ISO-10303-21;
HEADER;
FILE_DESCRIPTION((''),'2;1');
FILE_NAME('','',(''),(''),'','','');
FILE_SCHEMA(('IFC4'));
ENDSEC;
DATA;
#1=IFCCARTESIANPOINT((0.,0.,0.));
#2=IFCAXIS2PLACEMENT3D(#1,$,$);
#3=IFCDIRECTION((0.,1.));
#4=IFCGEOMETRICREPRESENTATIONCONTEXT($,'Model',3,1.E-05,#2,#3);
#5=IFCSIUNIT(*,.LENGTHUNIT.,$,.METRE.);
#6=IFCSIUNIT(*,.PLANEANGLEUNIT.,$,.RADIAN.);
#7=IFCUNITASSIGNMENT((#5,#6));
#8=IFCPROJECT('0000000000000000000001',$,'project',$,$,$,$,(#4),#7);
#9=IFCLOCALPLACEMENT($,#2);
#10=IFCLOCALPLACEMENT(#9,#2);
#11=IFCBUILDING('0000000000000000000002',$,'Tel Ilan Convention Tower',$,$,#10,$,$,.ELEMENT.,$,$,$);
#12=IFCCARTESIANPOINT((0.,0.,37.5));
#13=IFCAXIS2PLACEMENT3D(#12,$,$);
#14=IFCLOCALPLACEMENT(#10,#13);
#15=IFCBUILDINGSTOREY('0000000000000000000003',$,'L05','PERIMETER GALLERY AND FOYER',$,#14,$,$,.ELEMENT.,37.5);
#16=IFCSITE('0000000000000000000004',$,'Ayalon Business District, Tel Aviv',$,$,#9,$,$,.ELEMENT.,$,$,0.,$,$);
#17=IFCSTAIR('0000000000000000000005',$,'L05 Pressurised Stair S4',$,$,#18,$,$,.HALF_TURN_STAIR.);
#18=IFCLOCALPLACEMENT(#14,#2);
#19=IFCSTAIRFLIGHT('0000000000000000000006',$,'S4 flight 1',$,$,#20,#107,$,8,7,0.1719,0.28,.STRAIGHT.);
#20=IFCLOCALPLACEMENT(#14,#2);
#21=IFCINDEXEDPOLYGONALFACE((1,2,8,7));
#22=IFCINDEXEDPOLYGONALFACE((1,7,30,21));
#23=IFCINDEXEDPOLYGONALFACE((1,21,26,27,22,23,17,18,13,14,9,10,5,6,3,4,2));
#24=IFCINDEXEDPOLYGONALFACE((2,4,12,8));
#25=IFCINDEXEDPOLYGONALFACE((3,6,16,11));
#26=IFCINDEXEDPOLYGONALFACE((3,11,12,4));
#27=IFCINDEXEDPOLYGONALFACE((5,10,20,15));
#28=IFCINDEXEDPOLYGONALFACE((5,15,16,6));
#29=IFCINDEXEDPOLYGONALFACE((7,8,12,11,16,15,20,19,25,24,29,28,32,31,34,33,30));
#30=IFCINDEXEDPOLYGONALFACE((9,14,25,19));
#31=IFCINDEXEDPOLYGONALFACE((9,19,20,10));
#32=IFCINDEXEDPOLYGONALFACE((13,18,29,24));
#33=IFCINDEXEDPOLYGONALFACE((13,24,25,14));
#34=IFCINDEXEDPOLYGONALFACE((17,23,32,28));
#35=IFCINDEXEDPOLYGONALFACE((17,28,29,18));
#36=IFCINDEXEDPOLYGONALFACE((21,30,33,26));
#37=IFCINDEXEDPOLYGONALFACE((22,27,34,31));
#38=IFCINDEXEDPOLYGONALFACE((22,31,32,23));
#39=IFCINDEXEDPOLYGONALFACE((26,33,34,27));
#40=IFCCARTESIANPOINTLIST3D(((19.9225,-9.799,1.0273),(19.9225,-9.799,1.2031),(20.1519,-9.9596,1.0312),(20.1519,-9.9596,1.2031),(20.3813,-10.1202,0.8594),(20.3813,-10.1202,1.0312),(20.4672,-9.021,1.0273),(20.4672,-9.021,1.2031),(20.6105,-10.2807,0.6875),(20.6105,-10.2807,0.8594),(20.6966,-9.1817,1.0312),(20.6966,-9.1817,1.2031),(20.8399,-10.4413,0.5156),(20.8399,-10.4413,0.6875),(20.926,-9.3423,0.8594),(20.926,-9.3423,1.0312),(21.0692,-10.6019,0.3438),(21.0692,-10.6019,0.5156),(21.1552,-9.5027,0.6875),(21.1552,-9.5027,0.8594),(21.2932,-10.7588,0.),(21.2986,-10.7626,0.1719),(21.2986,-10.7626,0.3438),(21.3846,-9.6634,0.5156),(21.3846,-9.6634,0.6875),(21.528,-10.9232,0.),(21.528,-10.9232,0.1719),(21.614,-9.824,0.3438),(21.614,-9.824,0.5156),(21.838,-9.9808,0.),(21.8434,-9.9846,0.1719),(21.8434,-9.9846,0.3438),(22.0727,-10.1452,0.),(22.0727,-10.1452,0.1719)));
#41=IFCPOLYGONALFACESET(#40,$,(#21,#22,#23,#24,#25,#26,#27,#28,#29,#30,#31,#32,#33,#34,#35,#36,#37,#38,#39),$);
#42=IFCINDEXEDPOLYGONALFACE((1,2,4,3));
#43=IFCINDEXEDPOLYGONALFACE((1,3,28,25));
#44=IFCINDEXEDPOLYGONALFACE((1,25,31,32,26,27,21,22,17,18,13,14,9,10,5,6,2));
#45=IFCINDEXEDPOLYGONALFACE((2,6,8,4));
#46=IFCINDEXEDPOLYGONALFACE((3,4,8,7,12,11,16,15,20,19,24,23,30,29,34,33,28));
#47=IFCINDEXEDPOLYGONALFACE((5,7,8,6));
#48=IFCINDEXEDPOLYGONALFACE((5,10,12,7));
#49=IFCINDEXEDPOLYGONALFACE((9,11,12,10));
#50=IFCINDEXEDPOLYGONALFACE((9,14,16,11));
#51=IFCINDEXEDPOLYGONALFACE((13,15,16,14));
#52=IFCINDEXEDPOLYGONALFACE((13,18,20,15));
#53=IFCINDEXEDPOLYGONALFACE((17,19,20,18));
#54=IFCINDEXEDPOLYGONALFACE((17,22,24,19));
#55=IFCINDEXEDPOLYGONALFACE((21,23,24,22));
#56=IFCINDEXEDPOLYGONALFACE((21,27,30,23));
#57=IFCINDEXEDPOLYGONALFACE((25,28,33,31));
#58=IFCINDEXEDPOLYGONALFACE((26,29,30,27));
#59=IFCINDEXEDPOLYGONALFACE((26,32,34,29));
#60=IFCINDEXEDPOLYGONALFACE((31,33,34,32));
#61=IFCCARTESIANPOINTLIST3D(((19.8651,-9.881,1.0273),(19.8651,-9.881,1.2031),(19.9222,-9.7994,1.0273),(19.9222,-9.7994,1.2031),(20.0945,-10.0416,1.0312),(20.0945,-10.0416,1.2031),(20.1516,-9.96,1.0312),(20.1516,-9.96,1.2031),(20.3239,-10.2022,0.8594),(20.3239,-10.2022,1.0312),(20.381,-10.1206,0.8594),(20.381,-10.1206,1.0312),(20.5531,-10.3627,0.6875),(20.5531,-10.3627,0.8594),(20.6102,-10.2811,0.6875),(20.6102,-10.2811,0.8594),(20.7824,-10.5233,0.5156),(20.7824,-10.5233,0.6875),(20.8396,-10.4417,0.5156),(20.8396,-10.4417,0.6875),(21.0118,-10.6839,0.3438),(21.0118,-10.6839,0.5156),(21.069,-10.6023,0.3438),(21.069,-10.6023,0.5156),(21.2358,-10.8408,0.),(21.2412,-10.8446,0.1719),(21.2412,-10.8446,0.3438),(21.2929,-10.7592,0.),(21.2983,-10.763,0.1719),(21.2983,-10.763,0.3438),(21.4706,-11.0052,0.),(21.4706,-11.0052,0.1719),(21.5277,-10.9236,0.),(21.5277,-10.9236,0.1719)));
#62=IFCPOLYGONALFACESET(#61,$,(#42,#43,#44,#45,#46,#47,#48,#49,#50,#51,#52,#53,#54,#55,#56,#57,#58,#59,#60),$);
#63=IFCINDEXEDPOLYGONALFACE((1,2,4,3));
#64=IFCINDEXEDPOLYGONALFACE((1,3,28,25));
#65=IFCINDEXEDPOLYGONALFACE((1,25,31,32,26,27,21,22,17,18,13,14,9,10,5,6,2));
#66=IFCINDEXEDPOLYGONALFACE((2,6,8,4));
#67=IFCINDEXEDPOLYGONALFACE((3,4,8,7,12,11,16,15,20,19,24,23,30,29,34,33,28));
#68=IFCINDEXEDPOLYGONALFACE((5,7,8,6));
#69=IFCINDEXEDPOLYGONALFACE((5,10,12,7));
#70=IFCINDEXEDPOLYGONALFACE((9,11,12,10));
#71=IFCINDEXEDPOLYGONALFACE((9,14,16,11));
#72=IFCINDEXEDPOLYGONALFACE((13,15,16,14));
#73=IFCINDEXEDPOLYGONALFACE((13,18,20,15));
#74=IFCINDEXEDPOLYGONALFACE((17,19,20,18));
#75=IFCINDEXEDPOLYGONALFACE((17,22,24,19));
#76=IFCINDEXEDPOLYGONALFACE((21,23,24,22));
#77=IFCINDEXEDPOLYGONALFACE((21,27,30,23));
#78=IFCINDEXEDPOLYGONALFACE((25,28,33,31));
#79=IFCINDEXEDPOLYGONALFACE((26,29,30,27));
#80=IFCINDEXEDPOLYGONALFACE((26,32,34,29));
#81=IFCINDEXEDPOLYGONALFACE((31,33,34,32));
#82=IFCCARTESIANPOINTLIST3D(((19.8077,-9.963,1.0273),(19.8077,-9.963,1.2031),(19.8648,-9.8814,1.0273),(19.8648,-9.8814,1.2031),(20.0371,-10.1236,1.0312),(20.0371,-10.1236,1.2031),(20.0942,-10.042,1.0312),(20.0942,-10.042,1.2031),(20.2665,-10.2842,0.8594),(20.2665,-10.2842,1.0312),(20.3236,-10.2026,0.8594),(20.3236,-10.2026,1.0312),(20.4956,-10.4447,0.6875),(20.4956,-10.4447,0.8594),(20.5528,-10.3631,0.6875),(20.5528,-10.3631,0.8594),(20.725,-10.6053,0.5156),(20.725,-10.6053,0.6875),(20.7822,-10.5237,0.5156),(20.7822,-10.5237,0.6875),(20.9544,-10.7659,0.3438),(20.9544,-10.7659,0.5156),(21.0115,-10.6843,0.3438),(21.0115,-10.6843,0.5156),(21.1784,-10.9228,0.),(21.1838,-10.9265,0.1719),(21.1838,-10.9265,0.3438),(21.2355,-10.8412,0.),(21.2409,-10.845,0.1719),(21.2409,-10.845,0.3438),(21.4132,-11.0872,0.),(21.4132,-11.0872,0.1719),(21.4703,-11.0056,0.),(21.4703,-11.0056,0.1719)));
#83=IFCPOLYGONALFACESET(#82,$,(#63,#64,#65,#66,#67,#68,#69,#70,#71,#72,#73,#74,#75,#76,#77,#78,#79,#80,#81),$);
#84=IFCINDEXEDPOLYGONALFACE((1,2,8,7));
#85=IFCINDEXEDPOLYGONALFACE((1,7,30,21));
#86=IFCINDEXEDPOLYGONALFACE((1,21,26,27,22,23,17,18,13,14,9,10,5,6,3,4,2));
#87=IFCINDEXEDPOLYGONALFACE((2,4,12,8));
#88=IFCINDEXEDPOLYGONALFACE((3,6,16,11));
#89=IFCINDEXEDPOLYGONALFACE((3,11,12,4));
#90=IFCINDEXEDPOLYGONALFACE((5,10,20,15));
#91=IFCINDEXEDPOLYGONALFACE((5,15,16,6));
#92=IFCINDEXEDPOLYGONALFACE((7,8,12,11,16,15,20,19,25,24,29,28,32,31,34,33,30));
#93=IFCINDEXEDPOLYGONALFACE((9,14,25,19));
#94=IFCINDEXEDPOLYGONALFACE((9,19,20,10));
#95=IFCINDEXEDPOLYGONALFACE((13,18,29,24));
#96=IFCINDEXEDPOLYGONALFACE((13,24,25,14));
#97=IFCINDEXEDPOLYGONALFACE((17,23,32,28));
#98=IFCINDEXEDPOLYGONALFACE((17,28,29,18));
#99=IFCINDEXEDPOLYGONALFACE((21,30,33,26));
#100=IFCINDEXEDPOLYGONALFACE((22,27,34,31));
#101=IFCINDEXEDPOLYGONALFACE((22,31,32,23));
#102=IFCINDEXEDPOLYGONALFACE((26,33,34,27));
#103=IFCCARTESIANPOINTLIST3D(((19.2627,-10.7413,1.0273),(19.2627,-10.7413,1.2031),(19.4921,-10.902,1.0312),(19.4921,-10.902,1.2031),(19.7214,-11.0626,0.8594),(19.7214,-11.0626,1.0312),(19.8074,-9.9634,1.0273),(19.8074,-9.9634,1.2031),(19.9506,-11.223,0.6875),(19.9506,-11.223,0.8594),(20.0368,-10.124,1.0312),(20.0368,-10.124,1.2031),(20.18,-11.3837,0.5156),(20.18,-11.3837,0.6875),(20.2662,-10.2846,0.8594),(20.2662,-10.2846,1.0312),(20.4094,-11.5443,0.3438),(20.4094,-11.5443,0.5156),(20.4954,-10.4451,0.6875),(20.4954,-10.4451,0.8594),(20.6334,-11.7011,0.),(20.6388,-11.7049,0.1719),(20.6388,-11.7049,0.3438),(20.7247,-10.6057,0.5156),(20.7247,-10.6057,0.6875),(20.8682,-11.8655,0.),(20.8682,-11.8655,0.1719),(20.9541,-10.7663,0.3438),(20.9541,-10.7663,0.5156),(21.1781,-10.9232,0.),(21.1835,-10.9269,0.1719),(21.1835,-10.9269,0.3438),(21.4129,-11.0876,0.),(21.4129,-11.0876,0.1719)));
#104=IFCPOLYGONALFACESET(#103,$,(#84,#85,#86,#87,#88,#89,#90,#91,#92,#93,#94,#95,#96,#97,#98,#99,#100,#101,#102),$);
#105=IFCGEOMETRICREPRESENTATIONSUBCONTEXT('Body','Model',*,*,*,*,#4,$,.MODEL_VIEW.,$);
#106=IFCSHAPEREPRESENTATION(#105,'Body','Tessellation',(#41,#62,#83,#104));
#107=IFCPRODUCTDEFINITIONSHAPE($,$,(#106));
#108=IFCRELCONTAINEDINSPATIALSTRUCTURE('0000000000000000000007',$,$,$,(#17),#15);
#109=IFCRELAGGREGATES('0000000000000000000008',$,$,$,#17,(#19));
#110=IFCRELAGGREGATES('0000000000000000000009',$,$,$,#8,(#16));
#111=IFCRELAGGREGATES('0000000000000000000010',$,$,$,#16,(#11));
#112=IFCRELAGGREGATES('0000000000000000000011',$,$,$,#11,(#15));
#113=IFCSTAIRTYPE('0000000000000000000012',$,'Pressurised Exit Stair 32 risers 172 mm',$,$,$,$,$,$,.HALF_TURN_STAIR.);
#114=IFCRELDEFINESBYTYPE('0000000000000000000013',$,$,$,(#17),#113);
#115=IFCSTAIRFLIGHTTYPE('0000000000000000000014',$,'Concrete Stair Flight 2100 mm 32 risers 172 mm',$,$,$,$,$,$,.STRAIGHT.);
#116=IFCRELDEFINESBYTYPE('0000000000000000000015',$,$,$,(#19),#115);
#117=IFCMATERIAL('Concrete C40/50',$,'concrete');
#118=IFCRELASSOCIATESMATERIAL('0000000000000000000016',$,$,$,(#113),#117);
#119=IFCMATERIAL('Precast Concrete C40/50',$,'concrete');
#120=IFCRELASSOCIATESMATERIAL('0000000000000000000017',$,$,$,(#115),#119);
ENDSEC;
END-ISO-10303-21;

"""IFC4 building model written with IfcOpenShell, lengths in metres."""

from ifc_helpers import new_model, si_unit, direction, frame, origin, place, context, subcontext, project, spatial, polyline, outline, extrude, material, type_object, element, aggregate, save


model = new_model("IFC4")

# Units and contexts
model_context = context("Model", 3, precision=1e-05, world=origin(), true_north=direction((0.0, 1.0)))
body_context = subcontext(model_context, "Body", "Model", "MODEL_VIEW")
ifc_project = project(units=[si_unit("LENGTHUNIT", "METRE"), si_unit("PLANEANGLEUNIT", "RADIAN")], contexts=[model_context])

# Site, building, storey
site_placement = place(None, origin())
site = spatial("IfcSite", under=ifc_project, at=site_placement, Name="Ayalon Business District, Tel Aviv", CompositionType="ELEMENT", RefElevation=0.0)
building_placement = place(site_placement, origin())
building = spatial("IfcBuilding", under=site, at=building_placement, Name="Tel Ilan Convention Tower", CompositionType="ELEMENT")
storey_placement = place(building_placement, frame((0.0, 0.0, 37.5)))
storey = spatial("IfcBuildingStorey", under=building, at=storey_placement, Name="L05", Description="PERIMETER GALLERY AND FOYER", CompositionType="ELEMENT", Elevation=37.5)

# Stair, stair flight
ifc_material_1 = material(Name="Concrete C40/50", Category="concrete")
stair_type = type_object("IfcStairType", Name="Pressurised Exit Stair 32 risers 172 mm", PredefinedType="HALF_TURN_STAIR", material=ifc_material_1)
ifc_material_2 = material(Name="Precast Concrete C40/50", Category="concrete")
stair_flight_type = type_object("IfcStairFlightType", Name="Concrete Stair Flight 2100 mm 32 risers 172 mm", PredefinedType="STRAIGHT", material=ifc_material_2)
stair_1_placement = place(storey_placement, origin())
stair_1 = element("IfcStair", 1, at=stair_1_placement, inside=storey, type_object=stair_type, Name="L05 Pressurised Stair S4", PredefinedType="HALF_TURN_STAIR")
stair_flight_1_placement = place(storey_placement, frame((21.4705, -11.0054, 0.0), z_axis=(0.0, 0.0, 1.0), x_axis=(-0.819152, 0.573576, 0.0)))
stair_flight_1 = element("IfcStairFlight", 2, at=stair_flight_1_placement, type_object=stair_flight_type, Name="S4 flight 1", NumberOfRisers=8, NumberOfTreads=7, PredefinedType="STRAIGHT", RiserHeight=0.1719, TreadLength=0.28, context=body_context, shape_type="SweptSolid", body=[
    extrude(outline(polyline([(0.0, 0.0), (0.0, 0.1719), (0.28, 0.1719), (0.28, 0.3438), (0.5601, 0.3438), (0.5601, 0.5156), (0.8401, 0.5156), (0.8401, 0.6875), (1.1201, 0.6875), (1.1201, 0.8594), (1.3999, 0.8594), (1.3999, 1.0312), (1.6799, 1.0312), (1.6799, 1.2031), (1.96, 1.2031), (1.96, 1.375), (1.96, 1.0273), (0.2866, 0.0), (0.0, 0.0)])), frame((0.0, -0.1003, 0.0), z_axis=(0.0, -1.0, 0.0), x_axis=(1.0, 0.0, 0.0)), (0.0, 0.0, 1.0), 0.9497),
    extrude(outline(polyline([(0.0, 0.0), (0.0, 0.1719), (0.28, 0.1719), (0.28, 0.3438), (0.5601, 0.3438), (0.5601, 0.5156), (0.8401, 0.5156), (0.8401, 0.6875), (1.1201, 0.6875), (1.1201, 0.8594), (1.3999, 0.8594), (1.3999, 1.0312), (1.6799, 1.0312), (1.6799, 1.2031), (1.96, 1.2031), (1.96, 1.375), (1.96, 1.0273), (0.2866, 0.0), (0.0, 0.0)])), frame((0.0, -0.0002, 0.0), z_axis=(0.0, -1.0, 0.0), x_axis=(1.0, 0.0, 0.0)), (0.0, 0.0, 1.0), 0.0996),
    extrude(outline(polyline([(0.0, 0.0), (0.0, 0.1719), (0.28, 0.1719), (0.28, 0.3438), (0.5601, 0.3438), (0.5601, 0.5156), (0.8401, 0.5156), (0.8401, 0.6875), (1.1201, 0.6875), (1.1201, 0.8594), (1.3999, 0.8594), (1.3999, 1.0312), (1.6799, 1.0312), (1.6799, 1.2031), (1.96, 1.2031), (1.96, 1.375), (1.96, 1.0273), (0.2866, 0.0), (0.0, 0.0)])), frame((0.0, 0.0999, 0.0), z_axis=(0.0, -1.0, 0.0), x_axis=(1.0, 0.0, 0.0)), (0.0, 0.0, 1.0), 0.0996),
    extrude(outline(polyline([(0.0, 0.0), (0.0, 0.1719), (0.28, 0.1719), (0.28, 0.3438), (0.5601, 0.3438), (0.5601, 0.5156), (0.8401, 0.5156), (0.8401, 0.6875), (1.1201, 0.6875), (1.1201, 0.8594), (1.3999, 0.8594), (1.3999, 1.0312), (1.6799, 1.0312), (1.6799, 1.2031), (1.96, 1.2031), (1.96, 1.375), (1.96, 1.0273), (0.2866, 0.0), (0.0, 0.0)])), frame((0.0, 1.05, 0.0), z_axis=(0.0, -1.0, 0.0), x_axis=(1.0, 0.0, 0.0)), (0.0, 0.0, 1.0), 0.9497),
])
aggregate(stair_1, [stair_flight_1])

save(model, "model.ifc")
